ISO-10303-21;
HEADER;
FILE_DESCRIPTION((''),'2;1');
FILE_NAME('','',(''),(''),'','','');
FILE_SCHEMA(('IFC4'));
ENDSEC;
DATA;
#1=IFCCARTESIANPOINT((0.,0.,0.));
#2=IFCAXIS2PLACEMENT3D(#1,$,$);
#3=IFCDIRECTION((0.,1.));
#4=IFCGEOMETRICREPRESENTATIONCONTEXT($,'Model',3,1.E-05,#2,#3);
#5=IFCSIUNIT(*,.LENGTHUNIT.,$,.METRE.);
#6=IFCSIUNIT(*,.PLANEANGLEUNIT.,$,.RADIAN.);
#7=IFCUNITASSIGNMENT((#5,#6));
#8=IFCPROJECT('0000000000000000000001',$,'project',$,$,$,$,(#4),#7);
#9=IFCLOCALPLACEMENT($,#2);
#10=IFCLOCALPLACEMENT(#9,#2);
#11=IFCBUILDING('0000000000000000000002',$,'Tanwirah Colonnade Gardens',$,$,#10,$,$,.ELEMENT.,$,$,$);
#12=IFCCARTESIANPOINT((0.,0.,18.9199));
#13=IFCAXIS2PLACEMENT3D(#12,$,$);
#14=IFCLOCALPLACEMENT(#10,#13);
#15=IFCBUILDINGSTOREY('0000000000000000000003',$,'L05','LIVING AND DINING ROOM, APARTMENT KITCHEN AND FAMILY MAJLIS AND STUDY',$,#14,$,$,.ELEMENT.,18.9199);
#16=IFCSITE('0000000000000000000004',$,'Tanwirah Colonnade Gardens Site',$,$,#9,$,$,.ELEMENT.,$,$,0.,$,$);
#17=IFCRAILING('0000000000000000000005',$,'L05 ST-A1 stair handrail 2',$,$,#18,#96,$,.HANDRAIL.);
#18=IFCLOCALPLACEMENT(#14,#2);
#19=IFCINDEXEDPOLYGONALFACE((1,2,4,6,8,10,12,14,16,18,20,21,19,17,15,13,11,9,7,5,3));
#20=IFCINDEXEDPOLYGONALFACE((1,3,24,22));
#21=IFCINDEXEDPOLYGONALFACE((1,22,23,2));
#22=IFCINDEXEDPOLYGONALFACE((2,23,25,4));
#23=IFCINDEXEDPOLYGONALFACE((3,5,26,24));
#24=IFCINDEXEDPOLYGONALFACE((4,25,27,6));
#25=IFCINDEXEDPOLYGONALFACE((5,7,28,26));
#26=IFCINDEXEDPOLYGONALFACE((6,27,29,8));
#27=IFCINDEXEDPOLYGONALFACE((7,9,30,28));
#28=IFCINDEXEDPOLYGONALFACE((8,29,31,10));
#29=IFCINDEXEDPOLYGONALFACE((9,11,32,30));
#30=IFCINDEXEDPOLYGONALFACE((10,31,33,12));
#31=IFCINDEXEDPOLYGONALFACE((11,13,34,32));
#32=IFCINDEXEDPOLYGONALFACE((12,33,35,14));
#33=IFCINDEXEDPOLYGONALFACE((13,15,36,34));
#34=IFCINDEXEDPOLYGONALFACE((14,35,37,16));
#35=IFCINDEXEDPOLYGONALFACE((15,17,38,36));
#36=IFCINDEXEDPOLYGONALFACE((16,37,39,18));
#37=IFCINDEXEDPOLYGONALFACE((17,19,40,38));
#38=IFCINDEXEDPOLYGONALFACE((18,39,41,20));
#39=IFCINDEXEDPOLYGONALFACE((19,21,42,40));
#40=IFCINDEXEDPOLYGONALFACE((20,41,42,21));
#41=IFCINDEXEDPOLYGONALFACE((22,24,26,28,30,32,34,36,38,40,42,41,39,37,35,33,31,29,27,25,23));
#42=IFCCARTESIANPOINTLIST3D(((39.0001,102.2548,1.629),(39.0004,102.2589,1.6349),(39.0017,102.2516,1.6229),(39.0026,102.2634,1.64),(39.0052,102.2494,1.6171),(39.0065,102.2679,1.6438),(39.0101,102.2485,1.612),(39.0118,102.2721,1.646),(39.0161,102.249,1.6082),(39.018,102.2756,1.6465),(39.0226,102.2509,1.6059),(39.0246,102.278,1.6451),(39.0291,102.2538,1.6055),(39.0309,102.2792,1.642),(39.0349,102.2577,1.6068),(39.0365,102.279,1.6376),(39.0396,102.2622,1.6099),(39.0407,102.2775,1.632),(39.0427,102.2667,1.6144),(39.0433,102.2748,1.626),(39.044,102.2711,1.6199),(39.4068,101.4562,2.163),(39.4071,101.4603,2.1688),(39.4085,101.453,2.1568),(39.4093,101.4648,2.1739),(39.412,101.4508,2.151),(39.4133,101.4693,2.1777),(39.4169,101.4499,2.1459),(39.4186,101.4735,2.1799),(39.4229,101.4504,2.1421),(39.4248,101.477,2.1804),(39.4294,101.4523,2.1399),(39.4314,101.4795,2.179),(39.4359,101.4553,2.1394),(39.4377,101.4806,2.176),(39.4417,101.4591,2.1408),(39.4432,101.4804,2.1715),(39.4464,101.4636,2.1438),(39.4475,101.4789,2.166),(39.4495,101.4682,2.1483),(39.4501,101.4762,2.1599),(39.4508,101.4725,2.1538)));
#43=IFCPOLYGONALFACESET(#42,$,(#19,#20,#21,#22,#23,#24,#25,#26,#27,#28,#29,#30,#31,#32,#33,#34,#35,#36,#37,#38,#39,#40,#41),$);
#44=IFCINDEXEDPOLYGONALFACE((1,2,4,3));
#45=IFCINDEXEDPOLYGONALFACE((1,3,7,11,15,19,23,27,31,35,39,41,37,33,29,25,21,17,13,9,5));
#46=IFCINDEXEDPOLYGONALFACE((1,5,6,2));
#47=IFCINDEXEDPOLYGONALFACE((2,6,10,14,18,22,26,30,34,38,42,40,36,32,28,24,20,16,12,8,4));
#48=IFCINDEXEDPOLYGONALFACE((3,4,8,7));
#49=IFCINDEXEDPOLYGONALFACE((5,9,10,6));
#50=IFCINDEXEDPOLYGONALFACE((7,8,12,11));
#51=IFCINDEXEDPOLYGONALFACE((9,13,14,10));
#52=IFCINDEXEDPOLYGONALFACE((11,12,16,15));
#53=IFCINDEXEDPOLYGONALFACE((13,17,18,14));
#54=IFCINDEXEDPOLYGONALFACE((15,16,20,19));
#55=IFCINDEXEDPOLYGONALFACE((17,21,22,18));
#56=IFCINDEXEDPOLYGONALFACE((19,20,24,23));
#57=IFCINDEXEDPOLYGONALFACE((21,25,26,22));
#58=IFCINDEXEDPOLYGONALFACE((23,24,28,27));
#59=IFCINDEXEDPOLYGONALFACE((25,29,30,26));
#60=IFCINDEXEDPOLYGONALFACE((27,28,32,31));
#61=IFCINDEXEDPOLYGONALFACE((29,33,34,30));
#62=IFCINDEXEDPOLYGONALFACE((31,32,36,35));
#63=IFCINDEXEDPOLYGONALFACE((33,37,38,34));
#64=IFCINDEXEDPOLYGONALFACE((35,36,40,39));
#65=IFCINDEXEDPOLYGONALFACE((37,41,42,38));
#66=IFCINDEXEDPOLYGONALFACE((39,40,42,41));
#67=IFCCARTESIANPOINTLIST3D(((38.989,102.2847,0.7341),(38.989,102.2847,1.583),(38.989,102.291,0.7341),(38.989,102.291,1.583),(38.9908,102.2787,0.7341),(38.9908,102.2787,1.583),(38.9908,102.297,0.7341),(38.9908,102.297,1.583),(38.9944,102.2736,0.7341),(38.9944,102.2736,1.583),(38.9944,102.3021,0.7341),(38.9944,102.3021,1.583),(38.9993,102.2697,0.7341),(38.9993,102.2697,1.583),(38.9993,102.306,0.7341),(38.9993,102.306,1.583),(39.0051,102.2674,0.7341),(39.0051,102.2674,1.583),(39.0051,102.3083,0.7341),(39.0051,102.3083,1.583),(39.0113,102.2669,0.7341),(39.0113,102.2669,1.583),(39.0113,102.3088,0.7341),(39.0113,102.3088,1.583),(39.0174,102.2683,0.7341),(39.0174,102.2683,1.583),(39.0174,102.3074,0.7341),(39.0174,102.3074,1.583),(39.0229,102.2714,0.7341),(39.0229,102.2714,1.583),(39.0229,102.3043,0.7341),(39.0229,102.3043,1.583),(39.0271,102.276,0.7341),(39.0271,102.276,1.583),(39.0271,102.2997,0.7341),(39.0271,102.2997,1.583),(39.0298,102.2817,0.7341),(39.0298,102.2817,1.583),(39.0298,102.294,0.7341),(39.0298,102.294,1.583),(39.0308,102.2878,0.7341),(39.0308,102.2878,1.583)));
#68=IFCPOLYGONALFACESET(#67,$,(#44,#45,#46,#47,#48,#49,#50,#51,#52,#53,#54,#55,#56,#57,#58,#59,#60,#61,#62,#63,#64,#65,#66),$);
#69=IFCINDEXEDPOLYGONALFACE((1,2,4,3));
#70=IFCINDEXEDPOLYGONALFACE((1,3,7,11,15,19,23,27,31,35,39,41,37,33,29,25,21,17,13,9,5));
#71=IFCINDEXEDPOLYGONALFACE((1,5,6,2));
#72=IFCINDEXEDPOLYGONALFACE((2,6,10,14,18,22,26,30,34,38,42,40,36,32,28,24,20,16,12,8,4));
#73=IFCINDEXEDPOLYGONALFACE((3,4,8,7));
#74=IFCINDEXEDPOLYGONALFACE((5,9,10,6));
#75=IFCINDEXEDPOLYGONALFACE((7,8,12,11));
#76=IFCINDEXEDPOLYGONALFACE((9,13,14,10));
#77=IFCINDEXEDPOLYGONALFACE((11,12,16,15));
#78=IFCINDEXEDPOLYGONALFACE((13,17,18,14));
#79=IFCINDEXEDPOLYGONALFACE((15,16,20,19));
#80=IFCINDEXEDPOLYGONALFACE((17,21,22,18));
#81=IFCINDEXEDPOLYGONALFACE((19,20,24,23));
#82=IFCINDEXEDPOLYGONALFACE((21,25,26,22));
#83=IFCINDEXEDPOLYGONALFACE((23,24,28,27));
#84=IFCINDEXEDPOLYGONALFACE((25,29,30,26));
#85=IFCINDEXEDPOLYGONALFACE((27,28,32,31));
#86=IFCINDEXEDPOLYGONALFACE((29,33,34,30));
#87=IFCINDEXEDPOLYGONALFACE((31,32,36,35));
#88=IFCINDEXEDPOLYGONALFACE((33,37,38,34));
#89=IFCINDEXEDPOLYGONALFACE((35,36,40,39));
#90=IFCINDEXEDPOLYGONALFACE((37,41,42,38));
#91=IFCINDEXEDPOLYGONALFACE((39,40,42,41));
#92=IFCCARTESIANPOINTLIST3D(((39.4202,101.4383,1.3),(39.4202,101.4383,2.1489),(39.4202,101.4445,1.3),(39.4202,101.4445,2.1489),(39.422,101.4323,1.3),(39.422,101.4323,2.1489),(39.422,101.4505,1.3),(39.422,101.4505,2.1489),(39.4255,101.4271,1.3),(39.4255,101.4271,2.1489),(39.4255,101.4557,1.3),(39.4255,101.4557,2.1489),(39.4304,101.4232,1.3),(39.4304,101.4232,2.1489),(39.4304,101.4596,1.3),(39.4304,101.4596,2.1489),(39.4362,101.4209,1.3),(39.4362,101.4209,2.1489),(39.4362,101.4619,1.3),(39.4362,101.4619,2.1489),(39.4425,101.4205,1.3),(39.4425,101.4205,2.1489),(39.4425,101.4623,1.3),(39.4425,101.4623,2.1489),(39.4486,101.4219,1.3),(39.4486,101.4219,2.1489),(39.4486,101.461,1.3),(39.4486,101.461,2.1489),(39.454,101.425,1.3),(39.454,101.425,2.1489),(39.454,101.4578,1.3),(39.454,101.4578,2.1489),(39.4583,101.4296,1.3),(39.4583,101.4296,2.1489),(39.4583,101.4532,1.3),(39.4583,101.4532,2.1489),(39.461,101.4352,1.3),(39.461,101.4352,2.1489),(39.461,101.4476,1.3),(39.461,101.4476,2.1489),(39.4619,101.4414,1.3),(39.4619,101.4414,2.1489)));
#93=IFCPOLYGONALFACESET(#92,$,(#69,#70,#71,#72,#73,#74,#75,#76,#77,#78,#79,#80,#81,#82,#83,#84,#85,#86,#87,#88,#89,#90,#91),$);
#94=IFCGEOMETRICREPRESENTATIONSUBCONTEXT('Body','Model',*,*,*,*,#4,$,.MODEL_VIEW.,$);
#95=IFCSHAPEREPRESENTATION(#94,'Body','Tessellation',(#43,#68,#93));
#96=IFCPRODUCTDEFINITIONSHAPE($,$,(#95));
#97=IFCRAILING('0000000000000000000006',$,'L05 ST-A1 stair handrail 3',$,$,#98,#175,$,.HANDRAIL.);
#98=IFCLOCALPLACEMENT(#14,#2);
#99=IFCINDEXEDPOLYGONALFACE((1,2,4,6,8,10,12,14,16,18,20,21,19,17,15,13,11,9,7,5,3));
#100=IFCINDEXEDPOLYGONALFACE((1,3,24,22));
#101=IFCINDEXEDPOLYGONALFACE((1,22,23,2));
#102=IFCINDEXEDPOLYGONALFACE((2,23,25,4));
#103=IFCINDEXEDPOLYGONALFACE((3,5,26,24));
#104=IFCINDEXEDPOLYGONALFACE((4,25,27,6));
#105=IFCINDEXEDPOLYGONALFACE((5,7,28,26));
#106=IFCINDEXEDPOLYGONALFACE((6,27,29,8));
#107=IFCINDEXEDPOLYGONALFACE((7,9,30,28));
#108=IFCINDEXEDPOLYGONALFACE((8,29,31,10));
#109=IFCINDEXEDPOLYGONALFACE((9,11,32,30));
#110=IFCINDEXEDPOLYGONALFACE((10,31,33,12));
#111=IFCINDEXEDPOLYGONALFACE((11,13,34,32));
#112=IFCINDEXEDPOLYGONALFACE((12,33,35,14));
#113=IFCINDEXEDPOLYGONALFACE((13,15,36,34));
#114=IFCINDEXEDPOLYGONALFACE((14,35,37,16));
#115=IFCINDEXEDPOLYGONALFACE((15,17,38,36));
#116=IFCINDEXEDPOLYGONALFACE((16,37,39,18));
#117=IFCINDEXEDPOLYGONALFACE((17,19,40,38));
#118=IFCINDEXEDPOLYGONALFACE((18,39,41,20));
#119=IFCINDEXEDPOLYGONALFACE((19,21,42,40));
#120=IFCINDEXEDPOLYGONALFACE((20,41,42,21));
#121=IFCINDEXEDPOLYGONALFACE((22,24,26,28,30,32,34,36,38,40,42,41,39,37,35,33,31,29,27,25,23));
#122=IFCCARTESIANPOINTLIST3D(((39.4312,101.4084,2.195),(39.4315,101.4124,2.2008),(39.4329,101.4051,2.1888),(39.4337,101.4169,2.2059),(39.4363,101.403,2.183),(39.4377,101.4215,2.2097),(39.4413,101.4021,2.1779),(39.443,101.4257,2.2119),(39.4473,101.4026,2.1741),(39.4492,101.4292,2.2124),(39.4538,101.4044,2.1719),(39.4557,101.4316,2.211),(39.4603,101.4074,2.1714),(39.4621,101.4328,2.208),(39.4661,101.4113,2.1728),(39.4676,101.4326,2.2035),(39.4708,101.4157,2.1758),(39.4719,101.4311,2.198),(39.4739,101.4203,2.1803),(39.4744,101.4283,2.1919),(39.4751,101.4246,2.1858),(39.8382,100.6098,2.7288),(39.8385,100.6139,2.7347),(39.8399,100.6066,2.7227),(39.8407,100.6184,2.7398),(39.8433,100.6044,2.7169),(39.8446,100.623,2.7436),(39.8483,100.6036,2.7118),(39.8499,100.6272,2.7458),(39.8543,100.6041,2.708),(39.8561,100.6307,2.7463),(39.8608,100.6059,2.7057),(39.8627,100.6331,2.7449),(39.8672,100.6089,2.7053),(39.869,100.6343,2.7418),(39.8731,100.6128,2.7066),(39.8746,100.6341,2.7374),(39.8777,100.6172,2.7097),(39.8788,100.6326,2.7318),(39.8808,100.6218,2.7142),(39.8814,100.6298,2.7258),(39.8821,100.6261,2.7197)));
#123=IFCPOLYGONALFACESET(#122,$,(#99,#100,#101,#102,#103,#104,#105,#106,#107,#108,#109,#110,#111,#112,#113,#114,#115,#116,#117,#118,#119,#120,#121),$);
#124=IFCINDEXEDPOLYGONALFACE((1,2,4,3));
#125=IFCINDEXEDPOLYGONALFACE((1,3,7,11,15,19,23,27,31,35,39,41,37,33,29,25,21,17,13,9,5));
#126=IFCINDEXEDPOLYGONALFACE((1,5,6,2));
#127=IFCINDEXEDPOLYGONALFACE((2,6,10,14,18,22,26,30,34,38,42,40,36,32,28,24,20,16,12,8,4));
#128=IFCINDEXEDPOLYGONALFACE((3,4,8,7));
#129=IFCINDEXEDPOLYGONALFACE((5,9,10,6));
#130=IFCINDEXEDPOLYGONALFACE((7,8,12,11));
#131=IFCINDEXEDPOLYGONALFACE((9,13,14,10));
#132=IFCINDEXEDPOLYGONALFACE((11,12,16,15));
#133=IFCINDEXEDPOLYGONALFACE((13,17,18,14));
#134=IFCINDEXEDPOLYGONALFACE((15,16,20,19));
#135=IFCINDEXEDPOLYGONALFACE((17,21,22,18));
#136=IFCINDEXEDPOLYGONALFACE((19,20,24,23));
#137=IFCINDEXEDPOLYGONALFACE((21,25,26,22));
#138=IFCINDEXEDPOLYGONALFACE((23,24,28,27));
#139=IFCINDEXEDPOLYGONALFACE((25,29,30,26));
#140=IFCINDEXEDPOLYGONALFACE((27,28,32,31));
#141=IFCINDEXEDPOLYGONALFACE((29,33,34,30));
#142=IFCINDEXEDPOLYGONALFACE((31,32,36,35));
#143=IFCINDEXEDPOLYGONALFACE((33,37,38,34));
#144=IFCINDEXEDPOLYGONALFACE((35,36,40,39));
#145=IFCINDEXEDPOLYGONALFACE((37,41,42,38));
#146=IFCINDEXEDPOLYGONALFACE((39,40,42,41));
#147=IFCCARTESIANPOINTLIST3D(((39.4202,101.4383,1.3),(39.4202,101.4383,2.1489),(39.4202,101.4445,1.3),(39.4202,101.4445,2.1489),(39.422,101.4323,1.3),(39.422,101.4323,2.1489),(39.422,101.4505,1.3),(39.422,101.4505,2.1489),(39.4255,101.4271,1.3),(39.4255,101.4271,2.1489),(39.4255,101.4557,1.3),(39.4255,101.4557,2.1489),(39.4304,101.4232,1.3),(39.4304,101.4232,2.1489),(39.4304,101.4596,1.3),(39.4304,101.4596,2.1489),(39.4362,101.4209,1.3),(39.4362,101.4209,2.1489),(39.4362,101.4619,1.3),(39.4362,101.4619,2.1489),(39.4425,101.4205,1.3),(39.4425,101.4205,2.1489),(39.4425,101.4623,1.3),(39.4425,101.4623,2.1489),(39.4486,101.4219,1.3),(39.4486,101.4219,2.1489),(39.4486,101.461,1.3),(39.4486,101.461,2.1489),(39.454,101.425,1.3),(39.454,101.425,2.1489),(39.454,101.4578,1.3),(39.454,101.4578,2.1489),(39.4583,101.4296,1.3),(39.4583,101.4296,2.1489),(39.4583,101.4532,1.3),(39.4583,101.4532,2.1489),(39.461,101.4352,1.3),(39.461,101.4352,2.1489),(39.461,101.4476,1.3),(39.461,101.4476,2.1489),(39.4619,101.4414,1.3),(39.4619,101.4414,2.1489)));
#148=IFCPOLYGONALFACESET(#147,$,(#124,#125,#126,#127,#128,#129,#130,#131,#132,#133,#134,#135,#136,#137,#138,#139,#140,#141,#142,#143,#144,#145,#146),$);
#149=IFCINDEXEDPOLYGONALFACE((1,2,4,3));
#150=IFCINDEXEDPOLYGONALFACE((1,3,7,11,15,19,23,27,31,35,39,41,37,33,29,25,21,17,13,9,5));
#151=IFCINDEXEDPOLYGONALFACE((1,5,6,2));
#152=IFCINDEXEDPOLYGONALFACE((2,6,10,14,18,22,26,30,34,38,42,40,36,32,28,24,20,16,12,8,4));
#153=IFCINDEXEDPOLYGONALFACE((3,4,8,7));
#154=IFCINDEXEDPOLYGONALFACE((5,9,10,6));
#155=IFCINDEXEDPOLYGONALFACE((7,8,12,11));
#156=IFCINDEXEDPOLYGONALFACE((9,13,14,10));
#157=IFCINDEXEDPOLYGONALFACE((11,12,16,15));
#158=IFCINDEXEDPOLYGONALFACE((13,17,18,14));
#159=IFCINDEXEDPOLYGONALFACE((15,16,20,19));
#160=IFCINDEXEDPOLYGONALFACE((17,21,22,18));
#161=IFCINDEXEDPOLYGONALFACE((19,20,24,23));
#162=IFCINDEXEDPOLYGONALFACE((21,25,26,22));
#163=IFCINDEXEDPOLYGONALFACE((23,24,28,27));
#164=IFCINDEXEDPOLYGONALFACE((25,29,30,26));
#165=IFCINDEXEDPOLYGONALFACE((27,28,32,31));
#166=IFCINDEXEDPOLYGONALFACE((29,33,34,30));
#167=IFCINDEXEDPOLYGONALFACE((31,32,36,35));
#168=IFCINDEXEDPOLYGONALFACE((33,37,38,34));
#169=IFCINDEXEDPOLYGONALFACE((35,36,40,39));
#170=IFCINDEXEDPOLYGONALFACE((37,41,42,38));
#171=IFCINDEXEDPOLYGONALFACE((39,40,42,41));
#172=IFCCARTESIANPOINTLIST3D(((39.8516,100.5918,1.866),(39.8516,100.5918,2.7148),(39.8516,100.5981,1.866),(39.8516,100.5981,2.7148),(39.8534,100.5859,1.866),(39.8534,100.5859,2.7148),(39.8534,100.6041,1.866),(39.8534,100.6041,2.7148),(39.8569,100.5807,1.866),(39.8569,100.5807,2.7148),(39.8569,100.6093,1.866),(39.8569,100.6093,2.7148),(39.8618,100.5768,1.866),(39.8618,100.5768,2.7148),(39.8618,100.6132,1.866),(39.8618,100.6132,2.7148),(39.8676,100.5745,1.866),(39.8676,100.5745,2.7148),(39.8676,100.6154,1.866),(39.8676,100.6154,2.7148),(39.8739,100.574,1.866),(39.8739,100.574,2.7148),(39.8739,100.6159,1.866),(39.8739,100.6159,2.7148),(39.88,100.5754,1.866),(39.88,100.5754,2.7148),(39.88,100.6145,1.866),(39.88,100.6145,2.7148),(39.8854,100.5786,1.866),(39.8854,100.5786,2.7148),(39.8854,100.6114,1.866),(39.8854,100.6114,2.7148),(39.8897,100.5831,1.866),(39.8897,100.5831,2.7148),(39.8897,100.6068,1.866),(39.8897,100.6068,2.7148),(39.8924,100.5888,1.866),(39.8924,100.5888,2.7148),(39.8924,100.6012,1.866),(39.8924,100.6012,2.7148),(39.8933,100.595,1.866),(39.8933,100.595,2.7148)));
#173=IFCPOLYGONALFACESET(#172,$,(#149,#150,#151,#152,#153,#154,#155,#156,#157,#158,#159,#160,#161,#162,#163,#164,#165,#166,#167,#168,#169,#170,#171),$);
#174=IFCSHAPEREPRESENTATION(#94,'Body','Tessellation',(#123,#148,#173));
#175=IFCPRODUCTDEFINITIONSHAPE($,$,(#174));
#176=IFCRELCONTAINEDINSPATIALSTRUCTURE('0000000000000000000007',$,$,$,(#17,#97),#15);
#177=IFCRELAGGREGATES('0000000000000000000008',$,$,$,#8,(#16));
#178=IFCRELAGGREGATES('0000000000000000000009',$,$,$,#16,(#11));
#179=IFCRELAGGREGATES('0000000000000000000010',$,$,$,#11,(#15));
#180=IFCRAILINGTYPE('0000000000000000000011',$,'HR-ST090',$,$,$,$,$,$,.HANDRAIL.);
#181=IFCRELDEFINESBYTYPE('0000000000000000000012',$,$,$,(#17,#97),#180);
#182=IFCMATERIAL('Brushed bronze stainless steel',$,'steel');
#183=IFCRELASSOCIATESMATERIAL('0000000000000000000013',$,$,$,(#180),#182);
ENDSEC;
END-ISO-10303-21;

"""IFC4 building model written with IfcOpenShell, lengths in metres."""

from ifc_helpers import new_model, si_unit, direction, frame, origin, origin_2d, place, context, subcontext, project, spatial, circle, extrude, material, type_object, element, save


model = new_model("IFC4")

# Units and contexts
model_context = context("Model", 3, precision=1e-05, world=origin(), true_north=direction((0.0, 1.0)))
body_context = subcontext(model_context, "Body", "Model", "MODEL_VIEW")
ifc_project = project(units=[si_unit("LENGTHUNIT", "METRE"), si_unit("PLANEANGLEUNIT", "RADIAN")], contexts=[model_context])

# Site, building, storey
site_placement = place(None, origin())
site = spatial("IfcSite", under=ifc_project, at=site_placement, Name="Tanwirah Colonnade Gardens Site", CompositionType="ELEMENT", RefElevation=0.0)
building_placement = place(site_placement, origin())
building = spatial("IfcBuilding", under=site, at=building_placement, Name="Tanwirah Colonnade Gardens", CompositionType="ELEMENT")
storey_placement = place(building_placement, frame((0.0, 0.0, 18.9199)))
storey = spatial("IfcBuildingStorey", under=building, at=storey_placement, Name="L05", Description="LIVING AND DINING ROOM, APARTMENT KITCHEN AND FAMILY MAJLIS AND STUDY", CompositionType="ELEMENT", Elevation=18.9199)

# Railings
ifc_material_1 = material(Name="Brushed bronze stainless steel", Category="steel")
railing_type_1 = type_object("IfcRailingType", Name="HR-ST090", PredefinedType="HANDRAIL", material=ifc_material_1)
railing_1_placement = place(storey_placement, frame((39.0098, 102.2878, 0.7341)))
element("IfcRailing", 1, at=railing_1_placement, inside=storey, type_object=railing_type_1, Name="L05 ST-A1 stair handrail 2", PredefinedType="HANDRAIL", context=body_context, shape_type="SweptSolid", body=[
    extrude(circle(Radius=0.0239, at=origin_2d()), frame((0.0122, -0.0239, 0.8918), z_axis=(0.38993, -0.765509, 0.511811), x_axis=(0.891061, 0.453883, 0.0)), (0.0, 0.0, 1.0), 1.0432),
    extrude(circle(Radius=0.021, at=origin_2d()), origin(), (0.0, 0.0, 1.0), 0.8489),
    extrude(circle(Radius=0.021, at=origin_2d()), frame((0.4312, -0.8464, 0.5659)), (0.0, 0.0, 1.0), 0.8489),
])
railing_2_placement = place(storey_placement, frame((39.4409, 101.4414, 1.3)))
element("IfcRailing", 2, at=railing_2_placement, inside=storey, type_object=railing_type_1, Name="L05 ST-A1 stair handrail 3", PredefinedType="HANDRAIL", context=body_context, shape_type="SweptSolid", body=[
    extrude(circle(Radius=0.0239, at=origin_2d()), frame((0.0122, -0.0239, 0.8918), z_axis=(0.390118, -0.765443, 0.511767), x_axis=(0.890957, 0.454087, 0.0)), (0.0, 0.0, 1.0), 1.0432),
    extrude(circle(Radius=0.021, at=origin_2d()), origin(), (0.0, 0.0, 1.0), 0.8489),
    extrude(circle(Radius=0.021, at=origin_2d()), frame((0.4314, -0.8464, 0.5659)), (0.0, 0.0, 1.0), 0.8489),
])

save(model, "model.ifc")
